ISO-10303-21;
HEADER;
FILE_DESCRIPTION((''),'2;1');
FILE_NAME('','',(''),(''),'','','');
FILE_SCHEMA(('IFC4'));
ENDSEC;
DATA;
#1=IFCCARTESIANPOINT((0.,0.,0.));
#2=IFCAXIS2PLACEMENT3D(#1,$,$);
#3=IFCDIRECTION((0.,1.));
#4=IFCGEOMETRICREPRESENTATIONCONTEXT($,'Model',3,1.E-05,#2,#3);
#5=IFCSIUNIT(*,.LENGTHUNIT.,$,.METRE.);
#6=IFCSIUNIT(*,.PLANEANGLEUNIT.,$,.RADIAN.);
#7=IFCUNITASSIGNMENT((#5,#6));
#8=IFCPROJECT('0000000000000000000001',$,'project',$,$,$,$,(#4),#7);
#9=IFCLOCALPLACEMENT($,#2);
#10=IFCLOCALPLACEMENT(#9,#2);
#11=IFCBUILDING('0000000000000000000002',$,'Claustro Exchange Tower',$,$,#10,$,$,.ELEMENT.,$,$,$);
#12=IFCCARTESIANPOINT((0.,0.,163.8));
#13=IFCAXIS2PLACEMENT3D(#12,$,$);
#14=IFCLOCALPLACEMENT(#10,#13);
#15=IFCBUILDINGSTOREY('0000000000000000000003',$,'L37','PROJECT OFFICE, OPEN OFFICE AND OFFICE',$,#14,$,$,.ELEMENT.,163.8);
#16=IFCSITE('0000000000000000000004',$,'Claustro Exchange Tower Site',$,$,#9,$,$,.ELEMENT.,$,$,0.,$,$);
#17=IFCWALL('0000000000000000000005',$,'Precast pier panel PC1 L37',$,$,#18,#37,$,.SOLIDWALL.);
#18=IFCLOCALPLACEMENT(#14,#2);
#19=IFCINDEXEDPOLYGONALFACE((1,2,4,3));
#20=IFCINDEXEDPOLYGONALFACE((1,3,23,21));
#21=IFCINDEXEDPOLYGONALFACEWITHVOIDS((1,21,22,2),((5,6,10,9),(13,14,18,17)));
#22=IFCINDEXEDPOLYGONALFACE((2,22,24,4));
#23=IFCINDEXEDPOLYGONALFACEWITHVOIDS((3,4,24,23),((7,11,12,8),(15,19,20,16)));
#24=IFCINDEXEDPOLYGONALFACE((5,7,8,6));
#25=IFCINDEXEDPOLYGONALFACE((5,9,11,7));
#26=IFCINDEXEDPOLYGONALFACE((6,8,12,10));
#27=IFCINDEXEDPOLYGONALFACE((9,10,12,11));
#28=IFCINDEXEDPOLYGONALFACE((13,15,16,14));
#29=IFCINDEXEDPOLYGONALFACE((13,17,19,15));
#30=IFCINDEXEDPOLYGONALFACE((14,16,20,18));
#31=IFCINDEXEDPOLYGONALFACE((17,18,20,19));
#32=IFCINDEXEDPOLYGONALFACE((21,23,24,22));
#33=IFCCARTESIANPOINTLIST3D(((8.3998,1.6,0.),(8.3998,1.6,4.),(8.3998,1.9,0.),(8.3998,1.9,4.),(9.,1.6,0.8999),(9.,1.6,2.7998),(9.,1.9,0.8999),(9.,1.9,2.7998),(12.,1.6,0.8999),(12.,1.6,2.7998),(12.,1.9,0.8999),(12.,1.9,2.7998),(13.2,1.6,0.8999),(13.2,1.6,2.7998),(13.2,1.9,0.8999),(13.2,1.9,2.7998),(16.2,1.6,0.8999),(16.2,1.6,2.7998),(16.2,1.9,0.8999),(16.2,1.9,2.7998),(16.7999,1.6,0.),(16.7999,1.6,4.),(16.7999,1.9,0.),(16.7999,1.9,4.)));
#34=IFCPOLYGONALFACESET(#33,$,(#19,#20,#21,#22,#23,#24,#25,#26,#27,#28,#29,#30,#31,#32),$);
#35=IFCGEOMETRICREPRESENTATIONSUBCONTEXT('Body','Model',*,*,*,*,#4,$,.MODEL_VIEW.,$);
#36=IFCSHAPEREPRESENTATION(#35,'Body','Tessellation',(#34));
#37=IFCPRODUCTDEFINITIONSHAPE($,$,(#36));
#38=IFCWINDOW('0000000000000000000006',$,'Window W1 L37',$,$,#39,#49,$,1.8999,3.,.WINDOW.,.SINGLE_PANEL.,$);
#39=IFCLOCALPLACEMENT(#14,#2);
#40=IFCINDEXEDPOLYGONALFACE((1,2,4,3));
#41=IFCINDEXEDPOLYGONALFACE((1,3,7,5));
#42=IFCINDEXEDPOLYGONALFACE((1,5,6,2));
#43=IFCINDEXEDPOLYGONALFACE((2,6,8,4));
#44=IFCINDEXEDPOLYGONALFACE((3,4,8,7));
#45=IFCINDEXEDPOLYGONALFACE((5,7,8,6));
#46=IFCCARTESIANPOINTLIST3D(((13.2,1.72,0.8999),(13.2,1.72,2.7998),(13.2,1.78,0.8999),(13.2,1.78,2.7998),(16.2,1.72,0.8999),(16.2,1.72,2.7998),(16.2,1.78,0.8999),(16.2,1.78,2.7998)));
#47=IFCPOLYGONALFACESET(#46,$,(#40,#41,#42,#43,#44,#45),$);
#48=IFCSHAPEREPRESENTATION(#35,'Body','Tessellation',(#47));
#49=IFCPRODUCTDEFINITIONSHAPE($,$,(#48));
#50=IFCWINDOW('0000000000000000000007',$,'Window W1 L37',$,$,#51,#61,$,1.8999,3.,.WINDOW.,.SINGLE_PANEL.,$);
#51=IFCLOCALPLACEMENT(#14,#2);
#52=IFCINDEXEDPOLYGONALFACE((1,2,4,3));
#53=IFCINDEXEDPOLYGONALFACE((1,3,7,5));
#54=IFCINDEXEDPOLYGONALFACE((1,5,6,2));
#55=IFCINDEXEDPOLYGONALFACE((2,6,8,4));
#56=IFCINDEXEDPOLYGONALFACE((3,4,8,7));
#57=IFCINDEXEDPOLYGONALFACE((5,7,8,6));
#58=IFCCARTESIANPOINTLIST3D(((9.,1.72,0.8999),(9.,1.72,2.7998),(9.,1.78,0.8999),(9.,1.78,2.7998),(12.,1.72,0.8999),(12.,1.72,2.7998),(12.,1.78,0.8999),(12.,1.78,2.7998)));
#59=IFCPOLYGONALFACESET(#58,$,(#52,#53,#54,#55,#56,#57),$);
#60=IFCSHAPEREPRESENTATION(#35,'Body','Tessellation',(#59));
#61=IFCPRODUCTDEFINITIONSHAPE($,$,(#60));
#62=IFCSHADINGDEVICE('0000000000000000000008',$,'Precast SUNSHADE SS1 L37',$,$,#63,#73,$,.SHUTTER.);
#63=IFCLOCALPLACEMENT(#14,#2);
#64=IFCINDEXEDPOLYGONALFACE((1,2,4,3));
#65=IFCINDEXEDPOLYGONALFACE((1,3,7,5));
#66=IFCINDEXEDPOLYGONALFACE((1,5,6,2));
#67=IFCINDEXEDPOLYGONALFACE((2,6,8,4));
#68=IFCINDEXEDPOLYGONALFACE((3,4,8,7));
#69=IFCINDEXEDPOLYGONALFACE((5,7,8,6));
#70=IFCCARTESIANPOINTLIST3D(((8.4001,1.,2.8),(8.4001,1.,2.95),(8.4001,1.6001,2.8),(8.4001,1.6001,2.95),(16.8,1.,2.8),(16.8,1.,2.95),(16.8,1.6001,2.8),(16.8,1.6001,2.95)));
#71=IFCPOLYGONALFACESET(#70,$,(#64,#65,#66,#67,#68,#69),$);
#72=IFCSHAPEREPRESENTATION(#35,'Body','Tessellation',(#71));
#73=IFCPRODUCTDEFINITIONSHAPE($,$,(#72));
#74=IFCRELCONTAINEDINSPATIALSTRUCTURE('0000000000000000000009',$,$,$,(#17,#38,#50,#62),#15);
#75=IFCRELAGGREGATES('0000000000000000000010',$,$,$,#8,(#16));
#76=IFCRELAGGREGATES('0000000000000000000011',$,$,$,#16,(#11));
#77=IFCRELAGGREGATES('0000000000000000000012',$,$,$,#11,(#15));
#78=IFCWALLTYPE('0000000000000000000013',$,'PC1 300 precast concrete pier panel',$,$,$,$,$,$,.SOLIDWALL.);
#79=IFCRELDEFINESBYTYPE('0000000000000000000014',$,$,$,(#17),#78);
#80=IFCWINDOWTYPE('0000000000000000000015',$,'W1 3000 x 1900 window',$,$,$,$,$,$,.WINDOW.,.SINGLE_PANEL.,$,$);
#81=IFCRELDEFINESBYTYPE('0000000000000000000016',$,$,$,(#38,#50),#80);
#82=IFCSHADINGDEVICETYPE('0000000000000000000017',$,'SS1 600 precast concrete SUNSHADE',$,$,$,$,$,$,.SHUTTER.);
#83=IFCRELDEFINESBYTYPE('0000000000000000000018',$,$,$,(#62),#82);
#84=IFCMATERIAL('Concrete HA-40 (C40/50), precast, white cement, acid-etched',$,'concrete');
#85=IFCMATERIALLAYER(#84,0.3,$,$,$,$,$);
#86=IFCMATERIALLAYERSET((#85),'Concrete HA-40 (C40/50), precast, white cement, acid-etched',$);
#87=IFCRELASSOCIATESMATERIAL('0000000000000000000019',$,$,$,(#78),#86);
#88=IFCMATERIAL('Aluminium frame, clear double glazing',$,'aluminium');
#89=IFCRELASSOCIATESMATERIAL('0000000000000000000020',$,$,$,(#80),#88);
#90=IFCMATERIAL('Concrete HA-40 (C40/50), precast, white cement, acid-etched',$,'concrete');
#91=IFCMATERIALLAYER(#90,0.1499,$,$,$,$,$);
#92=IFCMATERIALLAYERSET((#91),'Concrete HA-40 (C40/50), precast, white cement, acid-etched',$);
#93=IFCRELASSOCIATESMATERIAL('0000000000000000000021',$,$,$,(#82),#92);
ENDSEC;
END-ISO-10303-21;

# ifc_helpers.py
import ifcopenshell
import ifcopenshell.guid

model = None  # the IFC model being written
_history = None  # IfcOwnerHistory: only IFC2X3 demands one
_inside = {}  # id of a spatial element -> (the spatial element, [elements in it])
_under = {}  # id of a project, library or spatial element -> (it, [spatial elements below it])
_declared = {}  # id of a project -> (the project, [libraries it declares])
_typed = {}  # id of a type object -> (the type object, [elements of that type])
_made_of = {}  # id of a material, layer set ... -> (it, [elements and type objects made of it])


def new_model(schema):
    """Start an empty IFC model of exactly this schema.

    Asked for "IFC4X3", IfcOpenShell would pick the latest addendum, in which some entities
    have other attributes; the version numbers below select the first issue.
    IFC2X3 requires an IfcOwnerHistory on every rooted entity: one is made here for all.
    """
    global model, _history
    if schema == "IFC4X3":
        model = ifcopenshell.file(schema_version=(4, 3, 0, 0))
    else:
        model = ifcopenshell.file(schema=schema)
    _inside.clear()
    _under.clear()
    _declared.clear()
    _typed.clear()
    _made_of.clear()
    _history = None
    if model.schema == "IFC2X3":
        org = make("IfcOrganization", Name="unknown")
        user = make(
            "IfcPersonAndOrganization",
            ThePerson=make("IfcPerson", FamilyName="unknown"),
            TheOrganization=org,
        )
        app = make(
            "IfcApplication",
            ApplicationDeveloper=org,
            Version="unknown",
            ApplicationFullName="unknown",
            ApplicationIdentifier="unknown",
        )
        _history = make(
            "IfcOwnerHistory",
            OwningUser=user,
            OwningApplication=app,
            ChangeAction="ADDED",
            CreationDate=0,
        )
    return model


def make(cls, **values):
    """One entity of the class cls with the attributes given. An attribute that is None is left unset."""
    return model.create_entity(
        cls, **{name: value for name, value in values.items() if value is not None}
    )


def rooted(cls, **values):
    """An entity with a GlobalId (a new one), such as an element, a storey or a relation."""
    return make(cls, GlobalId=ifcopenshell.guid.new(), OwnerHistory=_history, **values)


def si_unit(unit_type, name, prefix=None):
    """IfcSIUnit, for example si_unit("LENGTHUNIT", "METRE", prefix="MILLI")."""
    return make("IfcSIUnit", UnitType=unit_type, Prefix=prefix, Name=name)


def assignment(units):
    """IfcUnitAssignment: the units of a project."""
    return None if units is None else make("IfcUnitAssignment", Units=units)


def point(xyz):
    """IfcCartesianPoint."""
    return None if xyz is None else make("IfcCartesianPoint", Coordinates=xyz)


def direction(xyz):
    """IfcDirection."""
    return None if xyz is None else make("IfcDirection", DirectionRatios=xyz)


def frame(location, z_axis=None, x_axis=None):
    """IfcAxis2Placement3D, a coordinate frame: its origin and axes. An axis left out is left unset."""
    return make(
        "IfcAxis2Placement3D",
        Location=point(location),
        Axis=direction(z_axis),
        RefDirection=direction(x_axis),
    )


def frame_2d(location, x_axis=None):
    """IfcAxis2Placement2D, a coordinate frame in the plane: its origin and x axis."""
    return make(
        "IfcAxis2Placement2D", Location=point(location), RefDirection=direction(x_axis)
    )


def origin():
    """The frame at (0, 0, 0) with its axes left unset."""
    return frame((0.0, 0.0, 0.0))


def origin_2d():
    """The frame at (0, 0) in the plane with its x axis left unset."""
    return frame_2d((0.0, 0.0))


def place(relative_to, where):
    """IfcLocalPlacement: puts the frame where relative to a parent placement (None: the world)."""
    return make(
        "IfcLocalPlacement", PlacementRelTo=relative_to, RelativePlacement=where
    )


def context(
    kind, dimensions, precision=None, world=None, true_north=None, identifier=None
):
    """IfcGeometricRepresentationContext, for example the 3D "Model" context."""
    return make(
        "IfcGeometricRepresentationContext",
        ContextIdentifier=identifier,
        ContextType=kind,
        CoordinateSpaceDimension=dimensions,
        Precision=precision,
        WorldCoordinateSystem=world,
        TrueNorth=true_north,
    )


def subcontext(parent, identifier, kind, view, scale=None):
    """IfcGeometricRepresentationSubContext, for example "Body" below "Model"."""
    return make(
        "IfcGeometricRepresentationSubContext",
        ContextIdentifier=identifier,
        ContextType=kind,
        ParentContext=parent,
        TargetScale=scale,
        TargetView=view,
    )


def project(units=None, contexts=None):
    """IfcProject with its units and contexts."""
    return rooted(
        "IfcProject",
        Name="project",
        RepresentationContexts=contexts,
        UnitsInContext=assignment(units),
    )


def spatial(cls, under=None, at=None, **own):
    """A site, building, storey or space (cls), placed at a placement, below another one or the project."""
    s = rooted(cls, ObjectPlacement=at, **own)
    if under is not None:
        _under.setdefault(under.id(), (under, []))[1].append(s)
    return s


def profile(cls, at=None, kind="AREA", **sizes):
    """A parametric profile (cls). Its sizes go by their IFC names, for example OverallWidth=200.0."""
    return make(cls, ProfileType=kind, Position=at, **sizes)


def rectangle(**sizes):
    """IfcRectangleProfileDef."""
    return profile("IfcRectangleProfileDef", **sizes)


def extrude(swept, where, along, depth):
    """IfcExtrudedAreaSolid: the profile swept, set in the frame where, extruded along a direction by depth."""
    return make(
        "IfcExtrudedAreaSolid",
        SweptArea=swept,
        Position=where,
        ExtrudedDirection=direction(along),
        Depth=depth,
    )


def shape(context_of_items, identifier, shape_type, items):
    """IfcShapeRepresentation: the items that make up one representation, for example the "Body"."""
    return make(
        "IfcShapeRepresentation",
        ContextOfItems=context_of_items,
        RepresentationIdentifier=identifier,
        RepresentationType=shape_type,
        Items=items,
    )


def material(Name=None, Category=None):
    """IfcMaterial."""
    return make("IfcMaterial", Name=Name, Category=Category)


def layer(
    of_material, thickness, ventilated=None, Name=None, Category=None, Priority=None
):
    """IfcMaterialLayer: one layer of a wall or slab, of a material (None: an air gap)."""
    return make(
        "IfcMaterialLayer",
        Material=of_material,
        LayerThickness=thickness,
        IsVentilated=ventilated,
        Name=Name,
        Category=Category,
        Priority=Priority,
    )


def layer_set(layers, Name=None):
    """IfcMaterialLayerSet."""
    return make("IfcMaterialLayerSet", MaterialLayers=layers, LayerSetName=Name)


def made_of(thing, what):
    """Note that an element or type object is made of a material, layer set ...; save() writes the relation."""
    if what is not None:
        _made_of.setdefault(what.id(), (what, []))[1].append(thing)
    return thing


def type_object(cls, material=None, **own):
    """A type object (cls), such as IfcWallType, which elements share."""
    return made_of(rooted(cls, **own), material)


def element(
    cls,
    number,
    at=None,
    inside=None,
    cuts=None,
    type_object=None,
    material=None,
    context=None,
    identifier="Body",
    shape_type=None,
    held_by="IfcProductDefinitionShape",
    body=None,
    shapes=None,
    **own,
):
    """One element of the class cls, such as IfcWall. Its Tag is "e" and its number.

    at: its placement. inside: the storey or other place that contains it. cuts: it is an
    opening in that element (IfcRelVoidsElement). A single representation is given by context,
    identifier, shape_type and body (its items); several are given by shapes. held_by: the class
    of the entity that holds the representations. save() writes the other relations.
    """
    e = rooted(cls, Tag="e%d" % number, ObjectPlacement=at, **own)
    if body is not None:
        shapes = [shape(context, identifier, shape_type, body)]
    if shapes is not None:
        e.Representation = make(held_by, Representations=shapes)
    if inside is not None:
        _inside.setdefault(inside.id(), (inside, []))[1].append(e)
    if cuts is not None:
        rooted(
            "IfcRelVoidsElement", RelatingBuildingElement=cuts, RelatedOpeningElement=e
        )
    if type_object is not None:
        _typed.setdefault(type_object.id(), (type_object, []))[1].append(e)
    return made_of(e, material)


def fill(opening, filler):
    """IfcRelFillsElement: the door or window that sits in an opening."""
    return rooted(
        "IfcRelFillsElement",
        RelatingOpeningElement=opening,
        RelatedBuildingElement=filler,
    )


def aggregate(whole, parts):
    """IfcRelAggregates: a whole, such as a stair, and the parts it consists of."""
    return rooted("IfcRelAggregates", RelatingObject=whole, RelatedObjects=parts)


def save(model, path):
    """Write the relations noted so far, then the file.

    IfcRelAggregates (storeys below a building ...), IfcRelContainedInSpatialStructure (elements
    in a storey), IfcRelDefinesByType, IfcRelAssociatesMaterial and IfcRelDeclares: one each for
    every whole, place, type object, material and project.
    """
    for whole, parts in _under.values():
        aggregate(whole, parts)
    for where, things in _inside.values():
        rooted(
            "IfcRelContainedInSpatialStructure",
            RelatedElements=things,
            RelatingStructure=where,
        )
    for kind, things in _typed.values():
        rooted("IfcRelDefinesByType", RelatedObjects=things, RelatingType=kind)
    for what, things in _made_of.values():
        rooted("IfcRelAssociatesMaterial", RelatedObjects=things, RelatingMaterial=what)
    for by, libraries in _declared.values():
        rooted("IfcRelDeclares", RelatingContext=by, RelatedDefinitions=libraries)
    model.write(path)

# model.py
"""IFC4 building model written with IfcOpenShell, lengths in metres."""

from ifc_helpers import new_model, si_unit, direction, frame, frame_2d, origin, origin_2d, place, context, subcontext, project, spatial, rectangle, extrude, material, layer, layer_set, type_object, element, fill, save


model = new_model("IFC4")

# Units and contexts
model_context = context("Model", 3, precision=1e-05, world=origin(), true_north=direction((0.0, 1.0)))
body_context = subcontext(model_context, "Body", "Model", "MODEL_VIEW")
ifc_project = project(units=[si_unit("LENGTHUNIT", "METRE"), si_unit("PLANEANGLEUNIT", "RADIAN")], contexts=[model_context])

# Site, building, storey
site_placement = place(None, origin())
site = spatial("IfcSite", under=ifc_project, at=site_placement, Name="Claustro Exchange Tower Site", CompositionType="ELEMENT", RefElevation=0.0)
building_placement = place(site_placement, origin())
building = spatial("IfcBuilding", under=site, at=building_placement, Name="Claustro Exchange Tower", CompositionType="ELEMENT")
storey_placement = place(building_placement, frame((0.0, 0.0, 163.8)))
storey = spatial("IfcBuildingStorey", under=building, at=storey_placement, Name="L37", Description="PROJECT OFFICE, OPEN OFFICE AND OFFICE", CompositionType="ELEMENT", Elevation=163.8)

# Wall, openings, windows
ifc_material_1 = material(Name="Concrete HA-40 (C40/50), precast, white cement, acid-etched", Category="concrete")
ifc_layer_1 = layer(ifc_material_1, 0.3)
ifc_layer_set_1 = layer_set([ifc_layer_1], Name="Concrete HA-40 (C40/50), precast, white cement, acid-etched")
wall_type_1 = type_object("IfcWallType", Name="PC1 300 precast concrete pier panel", PredefinedType="SOLIDWALL", material=ifc_layer_set_1)
wall_1_placement = place(storey_placement, frame((16.8, 1.75, 0.0), z_axis=(0.0, 0.0, 1.0), x_axis=(-1.0, 0.0, 0.0)))
wall_1 = element("IfcWall", 1, at=wall_1_placement, inside=storey, type_object=wall_type_1, Name="Precast pier panel PC1 L37", PredefinedType="SOLIDWALL", context=body_context, shape_type="SweptSolid", body=[
    extrude(rectangle(XDim=8.4001, YDim=0.3, at=frame_2d((4.2002, 0.0))), origin(), (0.0, 0.0, 1.0), 4.0),
])
opening_1_placement = place(wall_1_placement, frame((0.6001, 0.0, 0.8999)))
opening_1 = element("IfcOpeningElement", 2, at=opening_1_placement, cuts=wall_1, PredefinedType="OPENING", context=body_context, shape_type="SweptSolid", body=[
    extrude(rectangle(XDim=3.0, YDim=1.8999, at=frame_2d((1.5, 0.95))), frame((0.0, 0.1599, 0.0), z_axis=(0.0, -1.0, 0.0), x_axis=(1.0, 0.0, 0.0)), (0.0, 0.0, 1.0), 0.3201),
])
opening_2_placement = place(wall_1_placement, frame((4.8, 0.0, 0.8999)))
opening_2 = element("IfcOpeningElement", 3, at=opening_2_placement, cuts=wall_1, PredefinedType="OPENING", context=body_context, shape_type="SweptSolid", body=[
    extrude(rectangle(XDim=3.0, YDim=1.8999, at=frame_2d((1.5, 0.95))), frame((0.0, 0.1599, 0.0), z_axis=(0.0, -1.0, 0.0), x_axis=(1.0, 0.0, 0.0)), (0.0, 0.0, 1.0), 0.3201),
])
ifc_material_2 = material(Name="Aluminium frame, clear double glazing", Category="aluminium")
window_type = type_object("IfcWindowType", Name="W1 3000 x 1900 window", PartitioningType="SINGLE_PANEL", PredefinedType="WINDOW", material=ifc_material_2)
window_1_placement = place(opening_1_placement, origin())
window_1 = element("IfcWindow", 4, at=window_1_placement, inside=storey, type_object=window_type, Name="Window W1 L37", OverallHeight=1.8999, OverallWidth=3.0, PartitioningType="SINGLE_PANEL", PredefinedType="WINDOW", context=body_context, shape_type="SweptSolid", body=[
    extrude(rectangle(XDim=3.0, YDim=1.8999, at=frame_2d((1.5, 0.95))), frame((0.0, 0.03, 0.0), z_axis=(0.0, -1.0, 0.0), x_axis=(1.0, 0.0, 0.0)), (0.0, 0.0, 1.0), 0.0601),
])
fill(opening_1, window_1)
window_2_placement = place(opening_2_placement, origin())
window_2 = element("IfcWindow", 5, at=window_2_placement, inside=storey, type_object=window_type, Name="Window W1 L37", OverallHeight=1.8999, OverallWidth=3.0, PartitioningType="SINGLE_PANEL", PredefinedType="WINDOW", context=body_context, shape_type="SweptSolid", body=[
    extrude(rectangle(XDim=3.0, YDim=1.8999, at=frame_2d((1.5, 0.95))), frame((0.0, 0.03, 0.0), z_axis=(0.0, -1.0, 0.0), x_axis=(1.0, 0.0, 0.0)), (0.0, 0.0, 1.0), 0.0601),
])
fill(opening_2, window_2)

# Shading device
ifc_material_3 = material(Name="Concrete HA-40 (C40/50), precast, white cement, acid-etched", Category="concrete")
ifc_layer_2 = layer(ifc_material_3, 0.1499)
ifc_layer_set_2 = layer_set([ifc_layer_2], Name="Concrete HA-40 (C40/50), precast, white cement, acid-etched")
shading_device_type = type_object("IfcShadingDeviceType", Name="SS1 600 precast concrete SUNSHADE", PredefinedType="SHUTTER", material=ifc_layer_set_2)
shading_device_placement = place(storey_placement, frame((12.6001, 1.3, 2.8), z_axis=(0.0, 0.0, 1.0), x_axis=(-1.0, 0.0, 0.0)))
element("IfcShadingDevice", 6, at=shading_device_placement, inside=storey, type_object=shading_device_type, Name="Precast SUNSHADE SS1 L37", PredefinedType="SHUTTER", context=body_context, shape_type="SweptSolid", body=[
    extrude(rectangle(XDim=8.3999, YDim=0.6001, at=origin_2d()), origin(), (0.0, 0.0, 1.0), 0.1499),
])

save(model, "model.ifc")
